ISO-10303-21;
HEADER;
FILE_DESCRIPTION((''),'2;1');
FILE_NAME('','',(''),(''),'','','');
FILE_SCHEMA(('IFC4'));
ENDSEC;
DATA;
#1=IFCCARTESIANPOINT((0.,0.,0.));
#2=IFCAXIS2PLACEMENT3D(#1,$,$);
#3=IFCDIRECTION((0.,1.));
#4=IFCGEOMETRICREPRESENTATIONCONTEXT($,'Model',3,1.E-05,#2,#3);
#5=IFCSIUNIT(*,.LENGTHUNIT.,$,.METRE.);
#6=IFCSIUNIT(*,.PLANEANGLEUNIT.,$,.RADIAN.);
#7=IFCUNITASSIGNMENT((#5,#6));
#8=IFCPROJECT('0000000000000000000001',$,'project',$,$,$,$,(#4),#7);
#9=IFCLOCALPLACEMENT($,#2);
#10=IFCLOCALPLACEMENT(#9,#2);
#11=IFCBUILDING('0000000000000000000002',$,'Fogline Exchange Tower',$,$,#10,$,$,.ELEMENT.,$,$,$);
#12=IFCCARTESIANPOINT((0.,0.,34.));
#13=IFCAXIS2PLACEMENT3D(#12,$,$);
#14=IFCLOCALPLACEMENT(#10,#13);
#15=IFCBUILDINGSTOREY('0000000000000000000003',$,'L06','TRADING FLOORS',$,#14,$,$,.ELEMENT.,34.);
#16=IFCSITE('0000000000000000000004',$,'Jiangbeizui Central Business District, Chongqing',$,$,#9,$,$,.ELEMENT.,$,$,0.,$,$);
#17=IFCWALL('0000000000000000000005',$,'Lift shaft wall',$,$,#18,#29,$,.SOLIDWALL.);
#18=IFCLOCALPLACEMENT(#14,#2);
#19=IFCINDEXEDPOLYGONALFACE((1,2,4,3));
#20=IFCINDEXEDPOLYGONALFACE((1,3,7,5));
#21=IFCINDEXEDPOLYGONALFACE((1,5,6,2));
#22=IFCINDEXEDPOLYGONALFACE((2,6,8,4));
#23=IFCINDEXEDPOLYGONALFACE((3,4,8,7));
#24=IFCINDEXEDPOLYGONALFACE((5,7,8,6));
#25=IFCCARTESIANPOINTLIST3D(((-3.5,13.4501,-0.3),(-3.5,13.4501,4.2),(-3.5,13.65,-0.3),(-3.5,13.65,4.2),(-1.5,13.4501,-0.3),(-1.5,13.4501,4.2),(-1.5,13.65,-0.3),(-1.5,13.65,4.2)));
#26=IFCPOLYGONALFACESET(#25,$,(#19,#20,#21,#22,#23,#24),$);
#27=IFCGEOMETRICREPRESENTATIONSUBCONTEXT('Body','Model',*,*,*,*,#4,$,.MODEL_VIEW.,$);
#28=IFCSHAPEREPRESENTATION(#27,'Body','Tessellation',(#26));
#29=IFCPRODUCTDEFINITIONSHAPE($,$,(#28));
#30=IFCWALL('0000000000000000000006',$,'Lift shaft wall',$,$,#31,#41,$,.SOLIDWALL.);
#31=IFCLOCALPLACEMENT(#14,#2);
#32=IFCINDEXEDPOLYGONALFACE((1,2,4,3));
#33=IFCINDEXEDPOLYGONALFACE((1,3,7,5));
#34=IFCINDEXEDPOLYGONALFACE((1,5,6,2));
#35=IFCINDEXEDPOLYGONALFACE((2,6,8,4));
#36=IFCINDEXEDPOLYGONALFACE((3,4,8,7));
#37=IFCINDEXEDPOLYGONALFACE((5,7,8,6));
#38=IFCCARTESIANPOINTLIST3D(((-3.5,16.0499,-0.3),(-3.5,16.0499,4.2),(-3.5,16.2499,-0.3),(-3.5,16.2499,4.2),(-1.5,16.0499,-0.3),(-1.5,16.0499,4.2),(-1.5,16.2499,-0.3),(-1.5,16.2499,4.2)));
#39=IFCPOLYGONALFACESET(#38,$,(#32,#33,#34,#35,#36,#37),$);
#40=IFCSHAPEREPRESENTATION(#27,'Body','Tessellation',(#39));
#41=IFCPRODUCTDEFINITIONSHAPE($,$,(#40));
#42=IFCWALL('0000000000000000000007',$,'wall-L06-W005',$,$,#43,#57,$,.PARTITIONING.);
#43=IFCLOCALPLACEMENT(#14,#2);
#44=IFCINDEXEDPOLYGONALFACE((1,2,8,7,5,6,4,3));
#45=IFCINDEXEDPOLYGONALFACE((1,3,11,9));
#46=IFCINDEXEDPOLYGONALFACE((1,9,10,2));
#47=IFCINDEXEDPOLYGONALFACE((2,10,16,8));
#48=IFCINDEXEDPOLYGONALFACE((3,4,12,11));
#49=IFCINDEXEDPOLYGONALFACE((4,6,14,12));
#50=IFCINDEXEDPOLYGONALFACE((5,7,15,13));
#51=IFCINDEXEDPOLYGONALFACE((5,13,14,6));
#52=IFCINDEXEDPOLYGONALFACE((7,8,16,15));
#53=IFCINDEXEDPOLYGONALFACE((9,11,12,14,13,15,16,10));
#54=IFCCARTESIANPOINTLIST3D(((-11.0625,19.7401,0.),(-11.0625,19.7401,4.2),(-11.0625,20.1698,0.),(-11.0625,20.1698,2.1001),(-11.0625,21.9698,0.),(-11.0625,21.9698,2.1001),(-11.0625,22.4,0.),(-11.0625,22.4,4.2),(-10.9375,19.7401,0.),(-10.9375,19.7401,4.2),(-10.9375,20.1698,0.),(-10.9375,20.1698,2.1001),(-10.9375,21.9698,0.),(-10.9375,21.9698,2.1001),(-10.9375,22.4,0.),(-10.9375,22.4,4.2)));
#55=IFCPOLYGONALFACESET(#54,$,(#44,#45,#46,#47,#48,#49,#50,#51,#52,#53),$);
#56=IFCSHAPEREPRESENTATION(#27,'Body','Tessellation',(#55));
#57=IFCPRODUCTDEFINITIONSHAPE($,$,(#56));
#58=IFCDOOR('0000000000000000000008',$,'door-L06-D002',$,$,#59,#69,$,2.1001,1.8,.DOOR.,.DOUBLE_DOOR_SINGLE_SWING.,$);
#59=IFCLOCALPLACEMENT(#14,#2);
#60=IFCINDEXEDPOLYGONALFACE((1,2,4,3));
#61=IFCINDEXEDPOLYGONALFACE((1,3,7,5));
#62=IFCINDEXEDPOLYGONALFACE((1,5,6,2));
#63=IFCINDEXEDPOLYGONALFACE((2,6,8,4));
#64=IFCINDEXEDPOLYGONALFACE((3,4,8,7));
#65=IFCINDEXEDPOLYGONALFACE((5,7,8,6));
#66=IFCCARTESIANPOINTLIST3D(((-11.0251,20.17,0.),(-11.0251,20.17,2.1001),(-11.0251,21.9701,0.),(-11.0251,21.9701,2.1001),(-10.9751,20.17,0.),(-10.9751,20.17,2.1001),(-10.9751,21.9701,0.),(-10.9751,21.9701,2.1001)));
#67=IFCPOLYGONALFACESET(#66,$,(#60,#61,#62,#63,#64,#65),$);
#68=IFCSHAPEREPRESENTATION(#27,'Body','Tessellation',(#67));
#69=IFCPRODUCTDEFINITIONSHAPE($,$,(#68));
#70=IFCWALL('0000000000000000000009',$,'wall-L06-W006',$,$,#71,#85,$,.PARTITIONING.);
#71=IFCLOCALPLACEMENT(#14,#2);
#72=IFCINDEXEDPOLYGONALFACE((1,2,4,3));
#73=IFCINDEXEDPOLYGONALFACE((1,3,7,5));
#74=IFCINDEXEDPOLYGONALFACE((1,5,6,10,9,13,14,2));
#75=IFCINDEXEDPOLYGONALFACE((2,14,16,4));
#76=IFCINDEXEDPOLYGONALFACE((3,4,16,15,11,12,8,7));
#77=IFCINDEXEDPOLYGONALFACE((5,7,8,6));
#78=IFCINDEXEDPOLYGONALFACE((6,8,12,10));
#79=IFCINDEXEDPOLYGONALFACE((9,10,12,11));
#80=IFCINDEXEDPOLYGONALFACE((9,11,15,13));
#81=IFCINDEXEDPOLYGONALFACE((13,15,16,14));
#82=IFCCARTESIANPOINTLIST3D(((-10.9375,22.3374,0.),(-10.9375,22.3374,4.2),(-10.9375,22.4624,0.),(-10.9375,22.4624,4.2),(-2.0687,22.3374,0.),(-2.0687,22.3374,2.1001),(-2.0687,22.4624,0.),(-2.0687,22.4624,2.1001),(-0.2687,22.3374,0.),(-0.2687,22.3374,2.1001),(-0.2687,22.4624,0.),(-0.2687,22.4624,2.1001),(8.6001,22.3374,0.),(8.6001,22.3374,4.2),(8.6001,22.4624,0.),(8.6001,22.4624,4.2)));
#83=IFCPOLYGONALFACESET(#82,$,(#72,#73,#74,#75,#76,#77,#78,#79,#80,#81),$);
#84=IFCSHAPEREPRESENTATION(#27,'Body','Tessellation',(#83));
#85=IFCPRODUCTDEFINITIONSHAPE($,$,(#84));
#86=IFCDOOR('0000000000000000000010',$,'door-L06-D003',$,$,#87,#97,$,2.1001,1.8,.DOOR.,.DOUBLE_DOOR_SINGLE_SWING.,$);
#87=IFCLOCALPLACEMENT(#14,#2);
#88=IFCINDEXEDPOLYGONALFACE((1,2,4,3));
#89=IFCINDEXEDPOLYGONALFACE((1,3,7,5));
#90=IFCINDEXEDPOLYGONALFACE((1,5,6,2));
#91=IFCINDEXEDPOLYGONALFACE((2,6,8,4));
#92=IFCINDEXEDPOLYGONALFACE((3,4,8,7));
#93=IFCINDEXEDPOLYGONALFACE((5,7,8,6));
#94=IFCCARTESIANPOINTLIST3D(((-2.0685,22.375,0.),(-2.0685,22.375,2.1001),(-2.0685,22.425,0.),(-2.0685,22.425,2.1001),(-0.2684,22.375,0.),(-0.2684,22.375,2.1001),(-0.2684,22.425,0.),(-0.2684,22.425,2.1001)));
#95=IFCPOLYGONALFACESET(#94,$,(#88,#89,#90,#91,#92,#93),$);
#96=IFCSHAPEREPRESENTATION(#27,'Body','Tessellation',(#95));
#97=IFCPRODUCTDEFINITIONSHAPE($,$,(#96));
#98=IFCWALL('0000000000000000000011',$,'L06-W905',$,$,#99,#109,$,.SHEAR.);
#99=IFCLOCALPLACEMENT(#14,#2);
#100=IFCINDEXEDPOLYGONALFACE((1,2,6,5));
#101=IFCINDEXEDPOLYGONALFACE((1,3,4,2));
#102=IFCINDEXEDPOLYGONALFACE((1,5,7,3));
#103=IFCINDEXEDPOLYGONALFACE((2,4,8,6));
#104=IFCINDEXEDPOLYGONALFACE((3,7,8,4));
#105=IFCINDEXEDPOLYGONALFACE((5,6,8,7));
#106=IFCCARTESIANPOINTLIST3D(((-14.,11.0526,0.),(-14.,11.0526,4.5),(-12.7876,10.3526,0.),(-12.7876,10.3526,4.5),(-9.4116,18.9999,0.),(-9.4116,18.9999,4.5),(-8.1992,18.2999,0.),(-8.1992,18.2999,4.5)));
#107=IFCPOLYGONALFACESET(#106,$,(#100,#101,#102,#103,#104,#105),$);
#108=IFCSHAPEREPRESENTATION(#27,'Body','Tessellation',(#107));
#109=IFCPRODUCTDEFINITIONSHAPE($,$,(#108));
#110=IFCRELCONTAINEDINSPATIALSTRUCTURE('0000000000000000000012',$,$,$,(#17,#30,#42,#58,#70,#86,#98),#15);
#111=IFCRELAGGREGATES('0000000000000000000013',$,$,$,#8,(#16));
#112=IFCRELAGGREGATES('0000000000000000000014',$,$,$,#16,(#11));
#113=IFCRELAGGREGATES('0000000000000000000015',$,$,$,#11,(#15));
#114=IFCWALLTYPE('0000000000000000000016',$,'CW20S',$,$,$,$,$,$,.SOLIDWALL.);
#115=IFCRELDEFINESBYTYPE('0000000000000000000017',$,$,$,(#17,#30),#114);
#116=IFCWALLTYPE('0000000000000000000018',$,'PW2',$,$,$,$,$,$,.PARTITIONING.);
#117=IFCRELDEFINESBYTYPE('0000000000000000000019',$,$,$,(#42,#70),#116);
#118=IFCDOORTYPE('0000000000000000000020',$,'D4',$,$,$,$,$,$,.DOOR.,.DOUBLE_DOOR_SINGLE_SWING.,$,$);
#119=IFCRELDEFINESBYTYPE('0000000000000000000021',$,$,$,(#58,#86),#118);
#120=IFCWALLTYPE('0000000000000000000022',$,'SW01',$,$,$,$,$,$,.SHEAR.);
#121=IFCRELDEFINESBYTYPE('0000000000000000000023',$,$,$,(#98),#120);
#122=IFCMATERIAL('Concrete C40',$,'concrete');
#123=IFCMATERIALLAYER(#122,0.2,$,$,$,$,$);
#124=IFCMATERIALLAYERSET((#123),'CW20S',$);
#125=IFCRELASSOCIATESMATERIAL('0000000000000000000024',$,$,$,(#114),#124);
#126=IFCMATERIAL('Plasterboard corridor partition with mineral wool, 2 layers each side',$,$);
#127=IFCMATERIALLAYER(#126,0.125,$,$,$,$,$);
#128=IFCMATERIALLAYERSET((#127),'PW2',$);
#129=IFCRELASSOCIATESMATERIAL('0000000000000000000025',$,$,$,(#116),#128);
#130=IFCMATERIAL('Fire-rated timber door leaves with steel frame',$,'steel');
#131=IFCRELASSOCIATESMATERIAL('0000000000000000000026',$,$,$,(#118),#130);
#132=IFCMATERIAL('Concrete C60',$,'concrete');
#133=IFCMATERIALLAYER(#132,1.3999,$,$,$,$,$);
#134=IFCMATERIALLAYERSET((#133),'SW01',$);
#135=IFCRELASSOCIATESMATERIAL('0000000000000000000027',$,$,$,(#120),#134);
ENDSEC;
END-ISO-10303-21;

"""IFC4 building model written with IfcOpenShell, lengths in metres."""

from ifc_helpers import new_model, si_unit, direction, frame, frame_2d, origin, place, context, subcontext, project, spatial, rectangle, extrude, material, layer, layer_set, type_object, element, fill, save


model = new_model("IFC4")

# Units and contexts
model_context = context("Model", 3, precision=1e-05, world=origin(), true_north=direction((0.0, 1.0)))
body_context = subcontext(model_context, "Body", "Model", "MODEL_VIEW")
ifc_project = project(units=[si_unit("LENGTHUNIT", "METRE"), si_unit("PLANEANGLEUNIT", "RADIAN")], contexts=[model_context])

# Site, building, storey
site_placement = place(None, origin())
site = spatial("IfcSite", under=ifc_project, at=site_placement, Name="Jiangbeizui Central Business District, Chongqing", CompositionType="ELEMENT", RefElevation=0.0)
building_placement = place(site_placement, origin())
building = spatial("IfcBuilding", under=site, at=building_placement, Name="Fogline Exchange Tower", CompositionType="ELEMENT")
storey_placement = place(building_placement, frame((0.0, 0.0, 34.0)))
storey = spatial("IfcBuildingStorey", under=building, at=storey_placement, Name="L06", Description="TRADING FLOORS", CompositionType="ELEMENT", Elevation=34.0)

# Shared definitions
ifc_material_1 = material(Name="Concrete C40", Category="concrete")

# Walls
ifc_layer_1 = layer(ifc_material_1, 0.2)
ifc_layer_set_1 = layer_set([ifc_layer_1], Name="CW20S")
wall_type_1 = type_object("IfcWallType", Name="CW20S", PredefinedType="SOLIDWALL", material=ifc_layer_set_1)
for number, where, z_axis, x_axis, name in (
    (1, (-3.5, 13.55, -0.3), (0.0, 0.0, 1.0), (1.0, 0.0, 0.0), "Lift shaft wall"),
    (2, (-3.5, 16.1499, -0.3), (0.0, 0.0, 1.0), (1.0, 0.0, 0.0), "Lift shaft wall"),
):
    element("IfcWall", number, at=place(storey_placement, frame(where, z_axis=z_axis, x_axis=x_axis)), inside=storey, type_object=wall_type_1, Name=name, PredefinedType="SOLIDWALL", context=body_context, shape_type="SweptSolid", body=[
        extrude(rectangle(XDim=2.0, YDim=0.2, at=frame_2d((1.0, 0.0))), origin(), (0.0, 0.0, 1.0), 4.5),
    ])

# Walls, openings, doors
ifc_material_2 = material(Name="Plasterboard corridor partition with mineral wool, 2 layers each side")
ifc_layer_2 = layer(ifc_material_2, 0.125)
ifc_layer_set_2 = layer_set([ifc_layer_2], Name="PW2")
wall_type_2 = type_object("IfcWallType", Name="PW2", PredefinedType="PARTITIONING", material=ifc_layer_set_2)
wall_1_placement = place(storey_placement, frame((-11.0, 19.74, 0.0), z_axis=(0.0, 0.0, 1.0), x_axis=(0.0, 1.0, 0.0)))
wall_1 = element("IfcWall", 3, at=wall_1_placement, inside=storey, type_object=wall_type_2, Name="wall-L06-W005", PredefinedType="PARTITIONING", context=body_context, shape_type="SweptSolid", body=[
    extrude(rectangle(XDim=2.6599, YDim=0.125, at=frame_2d((1.3301, 0.0))), origin(), (0.0, 0.0, 1.0), 4.2),
])
opening_1_placement = place(wall_1_placement, frame((0.4299, 0.0, 0.0)))
opening_1 = element("IfcOpeningElement", 4, at=opening_1_placement, cuts=wall_1, PredefinedType="OPENING", context=body_context, shape_type="SweptSolid", body=[
    extrude(rectangle(XDim=1.8, YDim=2.1001, at=frame_2d((0.8999, 1.05))), frame((0.0, 0.0725, 0.0), z_axis=(0.0, -1.0, 0.0), x_axis=(1.0, 0.0, 0.0)), (0.0, 0.0, 1.0), 0.145),
])
ifc_material_3 = material(Name="Fire-rated timber door leaves with steel frame", Category="steel")
door_type_1 = type_object("IfcDoorType", Name="D4", OperationType="DOUBLE_DOOR_SINGLE_SWING", PredefinedType="DOOR", material=ifc_material_3)
door_1_placement = place(opening_1_placement, frame((1.8, 0.0, 0.0), z_axis=(0.0, 0.0, 1.0), x_axis=(-1.0, 0.0, 0.0)))
door_1 = element("IfcDoor", 5, at=door_1_placement, inside=storey, type_object=door_type_1, Name="door-L06-D002", OperationType="DOUBLE_DOOR_SINGLE_SWING", OverallHeight=2.1001, OverallWidth=1.8, PredefinedType="DOOR", context=body_context, shape_type="SweptSolid", body=[
    extrude(rectangle(XDim=1.8, YDim=2.1001, at=frame_2d((0.8999, 1.05))), frame((0.0, 0.0249, 0.0), z_axis=(0.0, -1.0, 0.0), x_axis=(1.0, 0.0, 0.0)), (0.0, 0.0, 1.0), 0.05),
])
fill(opening_1, door_1)
wall_2_placement = place(storey_placement, frame((-10.9375, 22.3999, 0.0), z_axis=(0.0, 0.0, 1.0), x_axis=(1.0, 0.0, 0.0)))
wall_2 = element("IfcWall", 6, at=wall_2_placement, inside=storey, type_object=wall_type_2, Name="wall-L06-W006", PredefinedType="PARTITIONING", context=body_context, shape_type="SweptSolid", body=[
    extrude(rectangle(XDim=19.5376, YDim=0.125, at=frame_2d((9.7688, 0.0))), origin(), (0.0, 0.0, 1.0), 4.2),
])
opening_2_placement = place(wall_2_placement, frame((8.8689, 0.0, 0.0)))
opening_2 = element("IfcOpeningElement", 7, at=opening_2_placement, cuts=wall_2, PredefinedType="OPENING", context=body_context, shape_type="SweptSolid", body=[
    extrude(rectangle(XDim=1.8, YDim=2.1001, at=frame_2d((0.8999, 1.05))), frame((0.0, 0.0725, 0.0), z_axis=(0.0, -1.0, 0.0), x_axis=(1.0, 0.0, 0.0)), (0.0, 0.0, 1.0), 0.145),
])
door_2_placement = place(opening_2_placement, frame((1.8, 0.0, 0.0), z_axis=(0.0, 0.0, 1.0), x_axis=(-1.0, 0.0, 0.0)))
door_2 = element("IfcDoor", 8, at=door_2_placement, inside=storey, type_object=door_type_1, Name="door-L06-D003", OperationType="DOUBLE_DOOR_SINGLE_SWING", OverallHeight=2.1001, OverallWidth=1.8, PredefinedType="DOOR", context=body_context, shape_type="SweptSolid", body=[
    extrude(rectangle(XDim=1.8, YDim=2.1001, at=frame_2d((0.8999, 1.05))), frame((0.0, 0.0249, 0.0), z_axis=(0.0, -1.0, 0.0), x_axis=(1.0, 0.0, 0.0)), (0.0, 0.0, 1.0), 0.05),
])
fill(opening_2, door_2)

# Wall
ifc_material_4 = material(Name="Concrete C60", Category="concrete")
ifc_layer_3 = layer(ifc_material_4, 1.3999)
ifc_layer_set_3 = layer_set([ifc_layer_3], Name="SW01")
wall_type_3 = type_object("IfcWallType", Name="SW01", PredefinedType="SHEAR", material=ifc_layer_set_3)
wall_3_placement = place(storey_placement, frame((-8.8054, 18.6499, 0.0), z_axis=(0.0, 0.0, 1.0), x_axis=(-0.500002, -0.866024, 0.0)))
element("IfcWall", 9, at=wall_3_placement, inside=storey, type_object=wall_type_3, Name="L06-W905", PredefinedType="SHEAR", context=body_context, shape_type="SweptSolid", body=[
    extrude(rectangle(XDim=9.1768, YDim=1.3999, at=frame_2d((4.5884, 0.0))), origin(), (0.0, 0.0, 1.0), 4.5),
])

save(model, "model.ifc")
